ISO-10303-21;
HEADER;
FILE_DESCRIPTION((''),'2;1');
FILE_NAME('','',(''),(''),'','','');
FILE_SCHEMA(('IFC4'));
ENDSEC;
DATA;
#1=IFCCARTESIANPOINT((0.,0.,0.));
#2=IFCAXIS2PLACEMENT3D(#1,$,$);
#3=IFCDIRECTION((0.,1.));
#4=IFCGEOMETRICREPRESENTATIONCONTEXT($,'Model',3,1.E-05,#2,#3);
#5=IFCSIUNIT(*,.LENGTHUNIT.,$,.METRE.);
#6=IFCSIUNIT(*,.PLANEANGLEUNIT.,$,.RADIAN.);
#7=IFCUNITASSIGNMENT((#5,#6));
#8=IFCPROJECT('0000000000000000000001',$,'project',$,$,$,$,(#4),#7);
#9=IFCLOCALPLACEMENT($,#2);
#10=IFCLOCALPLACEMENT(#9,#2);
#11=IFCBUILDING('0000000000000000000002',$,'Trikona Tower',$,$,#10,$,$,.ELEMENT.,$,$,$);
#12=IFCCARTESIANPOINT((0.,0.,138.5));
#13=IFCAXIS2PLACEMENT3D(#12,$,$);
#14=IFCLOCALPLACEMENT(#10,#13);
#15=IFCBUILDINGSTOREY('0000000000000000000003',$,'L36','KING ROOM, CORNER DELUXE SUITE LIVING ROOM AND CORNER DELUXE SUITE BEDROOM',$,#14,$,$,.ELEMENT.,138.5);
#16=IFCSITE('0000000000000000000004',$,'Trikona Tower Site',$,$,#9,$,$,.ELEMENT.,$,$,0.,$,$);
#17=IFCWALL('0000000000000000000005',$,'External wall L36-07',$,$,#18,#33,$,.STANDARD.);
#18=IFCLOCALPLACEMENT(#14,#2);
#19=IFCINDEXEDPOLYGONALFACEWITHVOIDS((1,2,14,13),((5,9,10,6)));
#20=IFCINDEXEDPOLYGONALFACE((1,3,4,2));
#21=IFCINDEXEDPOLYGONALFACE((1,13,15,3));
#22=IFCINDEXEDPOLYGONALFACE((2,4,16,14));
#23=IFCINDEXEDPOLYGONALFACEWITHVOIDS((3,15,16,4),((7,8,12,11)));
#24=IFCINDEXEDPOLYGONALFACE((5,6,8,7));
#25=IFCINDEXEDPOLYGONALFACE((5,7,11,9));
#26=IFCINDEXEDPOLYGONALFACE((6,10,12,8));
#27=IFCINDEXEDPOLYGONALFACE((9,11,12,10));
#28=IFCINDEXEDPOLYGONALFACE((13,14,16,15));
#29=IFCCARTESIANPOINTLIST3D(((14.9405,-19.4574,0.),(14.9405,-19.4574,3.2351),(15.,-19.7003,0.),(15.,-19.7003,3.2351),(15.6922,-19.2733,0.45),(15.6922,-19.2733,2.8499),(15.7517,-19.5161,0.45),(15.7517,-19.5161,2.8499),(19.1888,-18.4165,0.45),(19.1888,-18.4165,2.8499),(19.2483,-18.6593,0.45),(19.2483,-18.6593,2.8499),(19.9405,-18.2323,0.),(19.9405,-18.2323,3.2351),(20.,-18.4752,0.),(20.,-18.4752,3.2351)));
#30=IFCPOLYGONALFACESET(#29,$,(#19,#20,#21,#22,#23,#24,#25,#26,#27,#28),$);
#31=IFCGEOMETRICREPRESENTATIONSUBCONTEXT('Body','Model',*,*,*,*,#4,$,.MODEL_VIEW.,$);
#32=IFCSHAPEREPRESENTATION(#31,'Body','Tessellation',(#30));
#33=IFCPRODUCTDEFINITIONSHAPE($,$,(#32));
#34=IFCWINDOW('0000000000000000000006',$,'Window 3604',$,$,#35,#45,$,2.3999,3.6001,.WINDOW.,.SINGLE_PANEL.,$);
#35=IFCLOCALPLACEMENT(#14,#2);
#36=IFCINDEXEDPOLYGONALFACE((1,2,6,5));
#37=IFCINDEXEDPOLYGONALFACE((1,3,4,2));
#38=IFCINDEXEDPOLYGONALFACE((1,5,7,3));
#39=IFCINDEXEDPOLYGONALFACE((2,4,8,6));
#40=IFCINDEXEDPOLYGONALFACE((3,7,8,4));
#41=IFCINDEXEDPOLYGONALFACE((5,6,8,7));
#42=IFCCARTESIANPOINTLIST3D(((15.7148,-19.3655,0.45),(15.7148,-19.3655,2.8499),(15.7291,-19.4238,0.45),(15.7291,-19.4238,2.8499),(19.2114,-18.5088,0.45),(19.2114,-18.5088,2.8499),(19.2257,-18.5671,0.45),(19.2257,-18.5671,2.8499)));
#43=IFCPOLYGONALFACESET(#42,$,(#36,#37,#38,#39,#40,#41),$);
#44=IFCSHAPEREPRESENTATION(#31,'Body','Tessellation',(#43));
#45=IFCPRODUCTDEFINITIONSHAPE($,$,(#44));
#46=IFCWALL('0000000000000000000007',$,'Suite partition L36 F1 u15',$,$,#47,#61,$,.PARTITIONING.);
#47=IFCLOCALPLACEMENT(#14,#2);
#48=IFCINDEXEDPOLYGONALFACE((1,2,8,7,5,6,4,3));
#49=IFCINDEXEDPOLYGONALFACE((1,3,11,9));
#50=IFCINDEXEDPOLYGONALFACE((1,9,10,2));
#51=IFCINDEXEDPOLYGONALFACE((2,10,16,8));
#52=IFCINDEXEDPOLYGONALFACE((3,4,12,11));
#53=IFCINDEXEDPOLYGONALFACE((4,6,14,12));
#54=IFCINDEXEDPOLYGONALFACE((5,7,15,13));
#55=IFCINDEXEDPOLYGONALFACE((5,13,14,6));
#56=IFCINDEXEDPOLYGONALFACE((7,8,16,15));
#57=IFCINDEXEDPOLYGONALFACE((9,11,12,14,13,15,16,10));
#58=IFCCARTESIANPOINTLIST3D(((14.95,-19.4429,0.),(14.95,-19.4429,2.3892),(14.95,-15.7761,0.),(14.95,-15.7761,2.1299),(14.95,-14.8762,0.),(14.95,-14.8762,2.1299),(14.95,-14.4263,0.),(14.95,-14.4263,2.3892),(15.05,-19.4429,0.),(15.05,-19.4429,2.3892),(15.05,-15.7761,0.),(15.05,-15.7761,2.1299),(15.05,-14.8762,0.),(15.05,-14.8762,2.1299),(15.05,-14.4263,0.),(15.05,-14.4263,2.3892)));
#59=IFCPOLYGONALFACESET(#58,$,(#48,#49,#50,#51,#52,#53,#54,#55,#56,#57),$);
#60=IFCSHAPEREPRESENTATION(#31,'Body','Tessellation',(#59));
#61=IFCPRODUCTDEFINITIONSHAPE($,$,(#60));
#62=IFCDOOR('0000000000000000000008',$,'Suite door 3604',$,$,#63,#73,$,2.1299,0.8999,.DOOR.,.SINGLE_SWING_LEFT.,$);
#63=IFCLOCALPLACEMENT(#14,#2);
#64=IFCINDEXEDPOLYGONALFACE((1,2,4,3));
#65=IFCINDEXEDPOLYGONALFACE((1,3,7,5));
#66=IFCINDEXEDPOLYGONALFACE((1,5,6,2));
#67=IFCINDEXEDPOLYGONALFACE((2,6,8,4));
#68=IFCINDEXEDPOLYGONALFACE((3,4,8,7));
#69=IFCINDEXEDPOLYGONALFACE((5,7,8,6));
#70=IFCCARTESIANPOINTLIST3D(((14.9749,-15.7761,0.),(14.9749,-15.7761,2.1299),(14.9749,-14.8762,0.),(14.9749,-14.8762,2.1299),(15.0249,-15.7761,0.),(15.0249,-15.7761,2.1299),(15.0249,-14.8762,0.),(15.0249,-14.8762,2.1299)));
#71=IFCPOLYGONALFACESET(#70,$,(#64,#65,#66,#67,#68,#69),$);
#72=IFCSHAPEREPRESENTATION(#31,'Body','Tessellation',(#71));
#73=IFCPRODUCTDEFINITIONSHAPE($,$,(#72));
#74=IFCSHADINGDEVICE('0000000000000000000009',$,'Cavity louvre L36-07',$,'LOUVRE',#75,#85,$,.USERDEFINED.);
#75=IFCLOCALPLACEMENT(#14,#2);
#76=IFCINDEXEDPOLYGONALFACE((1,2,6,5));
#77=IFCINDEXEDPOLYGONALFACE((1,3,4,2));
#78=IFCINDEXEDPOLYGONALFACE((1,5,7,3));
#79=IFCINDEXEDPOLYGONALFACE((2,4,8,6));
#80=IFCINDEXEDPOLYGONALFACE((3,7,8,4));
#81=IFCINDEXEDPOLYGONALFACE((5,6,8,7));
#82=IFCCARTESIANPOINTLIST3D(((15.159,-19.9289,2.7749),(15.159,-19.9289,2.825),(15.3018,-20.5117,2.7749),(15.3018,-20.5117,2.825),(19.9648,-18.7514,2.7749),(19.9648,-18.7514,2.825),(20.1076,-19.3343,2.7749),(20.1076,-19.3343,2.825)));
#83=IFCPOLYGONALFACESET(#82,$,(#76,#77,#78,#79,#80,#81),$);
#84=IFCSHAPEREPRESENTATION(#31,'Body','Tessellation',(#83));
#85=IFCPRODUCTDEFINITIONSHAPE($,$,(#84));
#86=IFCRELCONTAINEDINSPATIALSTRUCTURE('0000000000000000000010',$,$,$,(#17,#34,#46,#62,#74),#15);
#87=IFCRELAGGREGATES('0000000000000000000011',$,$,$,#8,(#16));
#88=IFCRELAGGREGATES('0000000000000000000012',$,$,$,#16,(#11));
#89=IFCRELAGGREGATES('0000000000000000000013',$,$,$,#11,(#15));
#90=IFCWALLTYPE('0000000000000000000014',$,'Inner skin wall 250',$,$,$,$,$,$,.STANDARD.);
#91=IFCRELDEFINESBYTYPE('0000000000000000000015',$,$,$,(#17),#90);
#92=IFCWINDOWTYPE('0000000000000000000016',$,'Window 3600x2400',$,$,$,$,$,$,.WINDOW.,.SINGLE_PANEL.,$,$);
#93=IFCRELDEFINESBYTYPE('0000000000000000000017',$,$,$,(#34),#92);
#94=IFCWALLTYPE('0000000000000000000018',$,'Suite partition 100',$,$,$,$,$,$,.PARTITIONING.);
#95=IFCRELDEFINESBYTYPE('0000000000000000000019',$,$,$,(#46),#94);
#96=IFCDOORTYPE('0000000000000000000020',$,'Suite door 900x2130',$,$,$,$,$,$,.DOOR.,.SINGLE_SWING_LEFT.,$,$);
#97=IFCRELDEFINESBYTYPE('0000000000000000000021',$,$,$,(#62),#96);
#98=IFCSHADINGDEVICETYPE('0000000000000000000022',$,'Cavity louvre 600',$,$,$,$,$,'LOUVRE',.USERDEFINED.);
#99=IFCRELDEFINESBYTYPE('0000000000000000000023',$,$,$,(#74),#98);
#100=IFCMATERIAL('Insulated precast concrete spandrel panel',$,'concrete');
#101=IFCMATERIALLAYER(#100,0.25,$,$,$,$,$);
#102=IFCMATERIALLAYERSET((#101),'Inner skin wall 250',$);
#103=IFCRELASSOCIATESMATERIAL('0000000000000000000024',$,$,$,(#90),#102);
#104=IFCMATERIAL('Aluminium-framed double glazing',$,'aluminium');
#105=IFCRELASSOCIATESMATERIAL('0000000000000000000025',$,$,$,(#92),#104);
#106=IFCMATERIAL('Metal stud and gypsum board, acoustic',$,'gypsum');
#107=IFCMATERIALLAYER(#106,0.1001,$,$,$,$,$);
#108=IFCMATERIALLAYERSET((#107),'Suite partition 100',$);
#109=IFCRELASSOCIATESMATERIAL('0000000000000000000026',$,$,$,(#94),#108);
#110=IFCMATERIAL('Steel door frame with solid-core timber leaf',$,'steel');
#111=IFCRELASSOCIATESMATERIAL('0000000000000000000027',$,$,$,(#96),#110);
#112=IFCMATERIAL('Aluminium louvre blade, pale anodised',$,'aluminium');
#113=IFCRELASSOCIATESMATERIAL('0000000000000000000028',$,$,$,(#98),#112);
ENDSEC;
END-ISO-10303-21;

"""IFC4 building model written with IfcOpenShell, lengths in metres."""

from ifc_helpers import new_model, si_unit, direction, frame, frame_2d, origin, origin_2d, place, context, subcontext, project, spatial, rectangle, extrude, material, layer, layer_set, type_object, element, fill, save


model = new_model("IFC4")

# Units and contexts
model_context = context("Model", 3, precision=1e-05, world=origin(), true_north=direction((0.0, 1.0)))
body_context = subcontext(model_context, "Body", "Model", "MODEL_VIEW")
ifc_project = project(units=[si_unit("LENGTHUNIT", "METRE"), si_unit("PLANEANGLEUNIT", "RADIAN")], contexts=[model_context])

# Site, building, storey
site_placement = place(None, origin())
site = spatial("IfcSite", under=ifc_project, at=site_placement, Name="Trikona Tower Site", CompositionType="ELEMENT", RefElevation=0.0)
building_placement = place(site_placement, origin())
building = spatial("IfcBuilding", under=site, at=building_placement, Name="Trikona Tower", CompositionType="ELEMENT")
storey_placement = place(building_placement, frame((0.0, 0.0, 138.5)))
storey = spatial("IfcBuildingStorey", under=building, at=storey_placement, Name="L36", Description="KING ROOM, CORNER DELUXE SUITE LIVING ROOM AND CORNER DELUXE SUITE BEDROOM", CompositionType="ELEMENT", Elevation=138.5)

# Wall, opening, window
ifc_material_1 = material(Name="Insulated precast concrete spandrel panel", Category="concrete")
ifc_layer_1 = layer(ifc_material_1, 0.25)
ifc_layer_set_1 = layer_set([ifc_layer_1], Name="Inner skin wall 250")
wall_type_1 = type_object("IfcWallType", Name="Inner skin wall 250", PredefinedType="STANDARD", material=ifc_layer_set_1)
wall_1_placement = place(storey_placement, frame((14.9702, -19.5789, 0.0), z_axis=(0.0, 0.0, 1.0), x_axis=(0.97127, 0.23798, 0.0)))
wall_1 = element("IfcWall", 1, at=wall_1_placement, inside=storey, type_object=wall_type_1, Name="External wall L36-07", PredefinedType="STANDARD", context=body_context, shape_type="SweptSolid", body=[
    extrude(rectangle(XDim=5.1479, YDim=0.25, at=frame_2d((2.574, 0.0))), origin(), (0.0, 0.0, 1.0), 3.2351),
])
opening_1_placement = place(wall_1_placement, frame((0.7739, 0.0, 0.45)))
opening_1 = element("IfcOpeningElement", 2, at=opening_1_placement, cuts=wall_1, PredefinedType="OPENING", context=body_context, shape_type="SweptSolid", body=[
    extrude(rectangle(XDim=3.6001, YDim=2.3999, at=frame_2d((1.8, 1.2))), frame((0.0, 0.135, 0.0), z_axis=(0.0, -1.0, 0.0), x_axis=(1.0, 0.0, 0.0)), (0.0, 0.0, 1.0), 0.27),
])
ifc_material_2 = material(Name="Aluminium-framed double glazing", Category="aluminium")
window_type = type_object("IfcWindowType", Name="Window 3600x2400", PartitioningType="SINGLE_PANEL", PredefinedType="WINDOW", material=ifc_material_2)
window_placement = place(opening_1_placement, origin())
window = element("IfcWindow", 3, at=window_placement, inside=storey, type_object=window_type, Name="Window 3604", OverallHeight=2.3999, OverallWidth=3.6001, PartitioningType="SINGLE_PANEL", PredefinedType="WINDOW", context=body_context, shape_type="SweptSolid", body=[
    extrude(rectangle(XDim=3.6001, YDim=2.3999, at=frame_2d((1.8, 1.2))), frame((0.0, 0.03, 0.0), z_axis=(0.0, -1.0, 0.0), x_axis=(1.0, 0.0, 0.0)), (0.0, 0.0, 1.0), 0.0601),
])
fill(opening_1, window)

# Wall, opening, door
ifc_material_3 = material(Name="Metal stud and gypsum board, acoustic", Category="gypsum")
ifc_layer_2 = layer(ifc_material_3, 0.1001)
ifc_layer_set_2 = layer_set([ifc_layer_2], Name="Suite partition 100")
wall_type_2 = type_object("IfcWallType", Name="Suite partition 100", PredefinedType="PARTITIONING", material=ifc_layer_set_2)
wall_2_placement = place(storey_placement, frame((15.0, -14.4263, 0.0), z_axis=(0.0, 0.0, 1.0), x_axis=(0.0, -1.0, 0.0)))
wall_2 = element("IfcWall", 4, at=wall_2_placement, inside=storey, type_object=wall_type_2, Name="Suite partition L36 F1 u15", PredefinedType="PARTITIONING", context=body_context, shape_type="SweptSolid", body=[
    extrude(rectangle(XDim=5.0166, YDim=0.1001, at=frame_2d((2.5083, 0.0))), origin(), (0.0, 0.0, 1.0), 2.3892),
])
opening_2_placement = place(wall_2_placement, frame((0.45, 0.0, 0.0)))
opening_2 = element("IfcOpeningElement", 5, at=opening_2_placement, cuts=wall_2, PredefinedType="OPENING", context=body_context, shape_type="SweptSolid", body=[
    extrude(rectangle(XDim=0.8999, YDim=2.1299, at=frame_2d((0.45, 1.0649))), frame((0.0, 0.0601, 0.0), z_axis=(0.0, -1.0, 0.0), x_axis=(1.0, 0.0, 0.0)), (0.0, 0.0, 1.0), 0.1201),
])
ifc_material_4 = material(Name="Steel door frame with solid-core timber leaf", Category="steel")
door_type = type_object("IfcDoorType", Name="Suite door 900x2130", OperationType="SINGLE_SWING_LEFT", PredefinedType="DOOR", material=ifc_material_4)
door_placement = place(opening_2_placement, origin())
door = element("IfcDoor", 6, at=door_placement, inside=storey, type_object=door_type, Name="Suite door 3604", OperationType="SINGLE_SWING_LEFT", OverallHeight=2.1299, OverallWidth=0.8999, PredefinedType="DOOR", context=body_context, shape_type="SweptSolid", body=[
    extrude(rectangle(XDim=0.8999, YDim=2.1299, at=frame_2d((0.45, 1.0649))), frame((0.0, 0.0249, 0.0), z_axis=(0.0, -1.0, 0.0), x_axis=(1.0, 0.0, 0.0)), (0.0, 0.0, 1.0), 0.05),
])
fill(opening_2, door)

# Shading device
ifc_material_5 = material(Name="Aluminium louvre blade, pale anodised", Category="aluminium")
shading_device_type = type_object("IfcShadingDeviceType", Name="Cavity louvre 600", ElementType="LOUVRE", PredefinedType="USERDEFINED", material=ifc_material_5)
shading_device_placement = place(storey_placement, frame((17.6333, -19.6316, 2.7749), z_axis=(0.0, 0.0, 1.0), x_axis=(0.971274, 0.237962, 0.0)))
element("IfcShadingDevice", 7, at=shading_device_placement, inside=storey, type_object=shading_device_type, Name="Cavity louvre L36-07", ObjectType="LOUVRE", PredefinedType="USERDEFINED", context=body_context, shape_type="SweptSolid", body=[
    extrude(rectangle(XDim=4.948, YDim=0.6001, at=origin_2d()), origin(), (0.0, 0.0, 1.0), 0.05),
])

save(model, "model.ifc")
